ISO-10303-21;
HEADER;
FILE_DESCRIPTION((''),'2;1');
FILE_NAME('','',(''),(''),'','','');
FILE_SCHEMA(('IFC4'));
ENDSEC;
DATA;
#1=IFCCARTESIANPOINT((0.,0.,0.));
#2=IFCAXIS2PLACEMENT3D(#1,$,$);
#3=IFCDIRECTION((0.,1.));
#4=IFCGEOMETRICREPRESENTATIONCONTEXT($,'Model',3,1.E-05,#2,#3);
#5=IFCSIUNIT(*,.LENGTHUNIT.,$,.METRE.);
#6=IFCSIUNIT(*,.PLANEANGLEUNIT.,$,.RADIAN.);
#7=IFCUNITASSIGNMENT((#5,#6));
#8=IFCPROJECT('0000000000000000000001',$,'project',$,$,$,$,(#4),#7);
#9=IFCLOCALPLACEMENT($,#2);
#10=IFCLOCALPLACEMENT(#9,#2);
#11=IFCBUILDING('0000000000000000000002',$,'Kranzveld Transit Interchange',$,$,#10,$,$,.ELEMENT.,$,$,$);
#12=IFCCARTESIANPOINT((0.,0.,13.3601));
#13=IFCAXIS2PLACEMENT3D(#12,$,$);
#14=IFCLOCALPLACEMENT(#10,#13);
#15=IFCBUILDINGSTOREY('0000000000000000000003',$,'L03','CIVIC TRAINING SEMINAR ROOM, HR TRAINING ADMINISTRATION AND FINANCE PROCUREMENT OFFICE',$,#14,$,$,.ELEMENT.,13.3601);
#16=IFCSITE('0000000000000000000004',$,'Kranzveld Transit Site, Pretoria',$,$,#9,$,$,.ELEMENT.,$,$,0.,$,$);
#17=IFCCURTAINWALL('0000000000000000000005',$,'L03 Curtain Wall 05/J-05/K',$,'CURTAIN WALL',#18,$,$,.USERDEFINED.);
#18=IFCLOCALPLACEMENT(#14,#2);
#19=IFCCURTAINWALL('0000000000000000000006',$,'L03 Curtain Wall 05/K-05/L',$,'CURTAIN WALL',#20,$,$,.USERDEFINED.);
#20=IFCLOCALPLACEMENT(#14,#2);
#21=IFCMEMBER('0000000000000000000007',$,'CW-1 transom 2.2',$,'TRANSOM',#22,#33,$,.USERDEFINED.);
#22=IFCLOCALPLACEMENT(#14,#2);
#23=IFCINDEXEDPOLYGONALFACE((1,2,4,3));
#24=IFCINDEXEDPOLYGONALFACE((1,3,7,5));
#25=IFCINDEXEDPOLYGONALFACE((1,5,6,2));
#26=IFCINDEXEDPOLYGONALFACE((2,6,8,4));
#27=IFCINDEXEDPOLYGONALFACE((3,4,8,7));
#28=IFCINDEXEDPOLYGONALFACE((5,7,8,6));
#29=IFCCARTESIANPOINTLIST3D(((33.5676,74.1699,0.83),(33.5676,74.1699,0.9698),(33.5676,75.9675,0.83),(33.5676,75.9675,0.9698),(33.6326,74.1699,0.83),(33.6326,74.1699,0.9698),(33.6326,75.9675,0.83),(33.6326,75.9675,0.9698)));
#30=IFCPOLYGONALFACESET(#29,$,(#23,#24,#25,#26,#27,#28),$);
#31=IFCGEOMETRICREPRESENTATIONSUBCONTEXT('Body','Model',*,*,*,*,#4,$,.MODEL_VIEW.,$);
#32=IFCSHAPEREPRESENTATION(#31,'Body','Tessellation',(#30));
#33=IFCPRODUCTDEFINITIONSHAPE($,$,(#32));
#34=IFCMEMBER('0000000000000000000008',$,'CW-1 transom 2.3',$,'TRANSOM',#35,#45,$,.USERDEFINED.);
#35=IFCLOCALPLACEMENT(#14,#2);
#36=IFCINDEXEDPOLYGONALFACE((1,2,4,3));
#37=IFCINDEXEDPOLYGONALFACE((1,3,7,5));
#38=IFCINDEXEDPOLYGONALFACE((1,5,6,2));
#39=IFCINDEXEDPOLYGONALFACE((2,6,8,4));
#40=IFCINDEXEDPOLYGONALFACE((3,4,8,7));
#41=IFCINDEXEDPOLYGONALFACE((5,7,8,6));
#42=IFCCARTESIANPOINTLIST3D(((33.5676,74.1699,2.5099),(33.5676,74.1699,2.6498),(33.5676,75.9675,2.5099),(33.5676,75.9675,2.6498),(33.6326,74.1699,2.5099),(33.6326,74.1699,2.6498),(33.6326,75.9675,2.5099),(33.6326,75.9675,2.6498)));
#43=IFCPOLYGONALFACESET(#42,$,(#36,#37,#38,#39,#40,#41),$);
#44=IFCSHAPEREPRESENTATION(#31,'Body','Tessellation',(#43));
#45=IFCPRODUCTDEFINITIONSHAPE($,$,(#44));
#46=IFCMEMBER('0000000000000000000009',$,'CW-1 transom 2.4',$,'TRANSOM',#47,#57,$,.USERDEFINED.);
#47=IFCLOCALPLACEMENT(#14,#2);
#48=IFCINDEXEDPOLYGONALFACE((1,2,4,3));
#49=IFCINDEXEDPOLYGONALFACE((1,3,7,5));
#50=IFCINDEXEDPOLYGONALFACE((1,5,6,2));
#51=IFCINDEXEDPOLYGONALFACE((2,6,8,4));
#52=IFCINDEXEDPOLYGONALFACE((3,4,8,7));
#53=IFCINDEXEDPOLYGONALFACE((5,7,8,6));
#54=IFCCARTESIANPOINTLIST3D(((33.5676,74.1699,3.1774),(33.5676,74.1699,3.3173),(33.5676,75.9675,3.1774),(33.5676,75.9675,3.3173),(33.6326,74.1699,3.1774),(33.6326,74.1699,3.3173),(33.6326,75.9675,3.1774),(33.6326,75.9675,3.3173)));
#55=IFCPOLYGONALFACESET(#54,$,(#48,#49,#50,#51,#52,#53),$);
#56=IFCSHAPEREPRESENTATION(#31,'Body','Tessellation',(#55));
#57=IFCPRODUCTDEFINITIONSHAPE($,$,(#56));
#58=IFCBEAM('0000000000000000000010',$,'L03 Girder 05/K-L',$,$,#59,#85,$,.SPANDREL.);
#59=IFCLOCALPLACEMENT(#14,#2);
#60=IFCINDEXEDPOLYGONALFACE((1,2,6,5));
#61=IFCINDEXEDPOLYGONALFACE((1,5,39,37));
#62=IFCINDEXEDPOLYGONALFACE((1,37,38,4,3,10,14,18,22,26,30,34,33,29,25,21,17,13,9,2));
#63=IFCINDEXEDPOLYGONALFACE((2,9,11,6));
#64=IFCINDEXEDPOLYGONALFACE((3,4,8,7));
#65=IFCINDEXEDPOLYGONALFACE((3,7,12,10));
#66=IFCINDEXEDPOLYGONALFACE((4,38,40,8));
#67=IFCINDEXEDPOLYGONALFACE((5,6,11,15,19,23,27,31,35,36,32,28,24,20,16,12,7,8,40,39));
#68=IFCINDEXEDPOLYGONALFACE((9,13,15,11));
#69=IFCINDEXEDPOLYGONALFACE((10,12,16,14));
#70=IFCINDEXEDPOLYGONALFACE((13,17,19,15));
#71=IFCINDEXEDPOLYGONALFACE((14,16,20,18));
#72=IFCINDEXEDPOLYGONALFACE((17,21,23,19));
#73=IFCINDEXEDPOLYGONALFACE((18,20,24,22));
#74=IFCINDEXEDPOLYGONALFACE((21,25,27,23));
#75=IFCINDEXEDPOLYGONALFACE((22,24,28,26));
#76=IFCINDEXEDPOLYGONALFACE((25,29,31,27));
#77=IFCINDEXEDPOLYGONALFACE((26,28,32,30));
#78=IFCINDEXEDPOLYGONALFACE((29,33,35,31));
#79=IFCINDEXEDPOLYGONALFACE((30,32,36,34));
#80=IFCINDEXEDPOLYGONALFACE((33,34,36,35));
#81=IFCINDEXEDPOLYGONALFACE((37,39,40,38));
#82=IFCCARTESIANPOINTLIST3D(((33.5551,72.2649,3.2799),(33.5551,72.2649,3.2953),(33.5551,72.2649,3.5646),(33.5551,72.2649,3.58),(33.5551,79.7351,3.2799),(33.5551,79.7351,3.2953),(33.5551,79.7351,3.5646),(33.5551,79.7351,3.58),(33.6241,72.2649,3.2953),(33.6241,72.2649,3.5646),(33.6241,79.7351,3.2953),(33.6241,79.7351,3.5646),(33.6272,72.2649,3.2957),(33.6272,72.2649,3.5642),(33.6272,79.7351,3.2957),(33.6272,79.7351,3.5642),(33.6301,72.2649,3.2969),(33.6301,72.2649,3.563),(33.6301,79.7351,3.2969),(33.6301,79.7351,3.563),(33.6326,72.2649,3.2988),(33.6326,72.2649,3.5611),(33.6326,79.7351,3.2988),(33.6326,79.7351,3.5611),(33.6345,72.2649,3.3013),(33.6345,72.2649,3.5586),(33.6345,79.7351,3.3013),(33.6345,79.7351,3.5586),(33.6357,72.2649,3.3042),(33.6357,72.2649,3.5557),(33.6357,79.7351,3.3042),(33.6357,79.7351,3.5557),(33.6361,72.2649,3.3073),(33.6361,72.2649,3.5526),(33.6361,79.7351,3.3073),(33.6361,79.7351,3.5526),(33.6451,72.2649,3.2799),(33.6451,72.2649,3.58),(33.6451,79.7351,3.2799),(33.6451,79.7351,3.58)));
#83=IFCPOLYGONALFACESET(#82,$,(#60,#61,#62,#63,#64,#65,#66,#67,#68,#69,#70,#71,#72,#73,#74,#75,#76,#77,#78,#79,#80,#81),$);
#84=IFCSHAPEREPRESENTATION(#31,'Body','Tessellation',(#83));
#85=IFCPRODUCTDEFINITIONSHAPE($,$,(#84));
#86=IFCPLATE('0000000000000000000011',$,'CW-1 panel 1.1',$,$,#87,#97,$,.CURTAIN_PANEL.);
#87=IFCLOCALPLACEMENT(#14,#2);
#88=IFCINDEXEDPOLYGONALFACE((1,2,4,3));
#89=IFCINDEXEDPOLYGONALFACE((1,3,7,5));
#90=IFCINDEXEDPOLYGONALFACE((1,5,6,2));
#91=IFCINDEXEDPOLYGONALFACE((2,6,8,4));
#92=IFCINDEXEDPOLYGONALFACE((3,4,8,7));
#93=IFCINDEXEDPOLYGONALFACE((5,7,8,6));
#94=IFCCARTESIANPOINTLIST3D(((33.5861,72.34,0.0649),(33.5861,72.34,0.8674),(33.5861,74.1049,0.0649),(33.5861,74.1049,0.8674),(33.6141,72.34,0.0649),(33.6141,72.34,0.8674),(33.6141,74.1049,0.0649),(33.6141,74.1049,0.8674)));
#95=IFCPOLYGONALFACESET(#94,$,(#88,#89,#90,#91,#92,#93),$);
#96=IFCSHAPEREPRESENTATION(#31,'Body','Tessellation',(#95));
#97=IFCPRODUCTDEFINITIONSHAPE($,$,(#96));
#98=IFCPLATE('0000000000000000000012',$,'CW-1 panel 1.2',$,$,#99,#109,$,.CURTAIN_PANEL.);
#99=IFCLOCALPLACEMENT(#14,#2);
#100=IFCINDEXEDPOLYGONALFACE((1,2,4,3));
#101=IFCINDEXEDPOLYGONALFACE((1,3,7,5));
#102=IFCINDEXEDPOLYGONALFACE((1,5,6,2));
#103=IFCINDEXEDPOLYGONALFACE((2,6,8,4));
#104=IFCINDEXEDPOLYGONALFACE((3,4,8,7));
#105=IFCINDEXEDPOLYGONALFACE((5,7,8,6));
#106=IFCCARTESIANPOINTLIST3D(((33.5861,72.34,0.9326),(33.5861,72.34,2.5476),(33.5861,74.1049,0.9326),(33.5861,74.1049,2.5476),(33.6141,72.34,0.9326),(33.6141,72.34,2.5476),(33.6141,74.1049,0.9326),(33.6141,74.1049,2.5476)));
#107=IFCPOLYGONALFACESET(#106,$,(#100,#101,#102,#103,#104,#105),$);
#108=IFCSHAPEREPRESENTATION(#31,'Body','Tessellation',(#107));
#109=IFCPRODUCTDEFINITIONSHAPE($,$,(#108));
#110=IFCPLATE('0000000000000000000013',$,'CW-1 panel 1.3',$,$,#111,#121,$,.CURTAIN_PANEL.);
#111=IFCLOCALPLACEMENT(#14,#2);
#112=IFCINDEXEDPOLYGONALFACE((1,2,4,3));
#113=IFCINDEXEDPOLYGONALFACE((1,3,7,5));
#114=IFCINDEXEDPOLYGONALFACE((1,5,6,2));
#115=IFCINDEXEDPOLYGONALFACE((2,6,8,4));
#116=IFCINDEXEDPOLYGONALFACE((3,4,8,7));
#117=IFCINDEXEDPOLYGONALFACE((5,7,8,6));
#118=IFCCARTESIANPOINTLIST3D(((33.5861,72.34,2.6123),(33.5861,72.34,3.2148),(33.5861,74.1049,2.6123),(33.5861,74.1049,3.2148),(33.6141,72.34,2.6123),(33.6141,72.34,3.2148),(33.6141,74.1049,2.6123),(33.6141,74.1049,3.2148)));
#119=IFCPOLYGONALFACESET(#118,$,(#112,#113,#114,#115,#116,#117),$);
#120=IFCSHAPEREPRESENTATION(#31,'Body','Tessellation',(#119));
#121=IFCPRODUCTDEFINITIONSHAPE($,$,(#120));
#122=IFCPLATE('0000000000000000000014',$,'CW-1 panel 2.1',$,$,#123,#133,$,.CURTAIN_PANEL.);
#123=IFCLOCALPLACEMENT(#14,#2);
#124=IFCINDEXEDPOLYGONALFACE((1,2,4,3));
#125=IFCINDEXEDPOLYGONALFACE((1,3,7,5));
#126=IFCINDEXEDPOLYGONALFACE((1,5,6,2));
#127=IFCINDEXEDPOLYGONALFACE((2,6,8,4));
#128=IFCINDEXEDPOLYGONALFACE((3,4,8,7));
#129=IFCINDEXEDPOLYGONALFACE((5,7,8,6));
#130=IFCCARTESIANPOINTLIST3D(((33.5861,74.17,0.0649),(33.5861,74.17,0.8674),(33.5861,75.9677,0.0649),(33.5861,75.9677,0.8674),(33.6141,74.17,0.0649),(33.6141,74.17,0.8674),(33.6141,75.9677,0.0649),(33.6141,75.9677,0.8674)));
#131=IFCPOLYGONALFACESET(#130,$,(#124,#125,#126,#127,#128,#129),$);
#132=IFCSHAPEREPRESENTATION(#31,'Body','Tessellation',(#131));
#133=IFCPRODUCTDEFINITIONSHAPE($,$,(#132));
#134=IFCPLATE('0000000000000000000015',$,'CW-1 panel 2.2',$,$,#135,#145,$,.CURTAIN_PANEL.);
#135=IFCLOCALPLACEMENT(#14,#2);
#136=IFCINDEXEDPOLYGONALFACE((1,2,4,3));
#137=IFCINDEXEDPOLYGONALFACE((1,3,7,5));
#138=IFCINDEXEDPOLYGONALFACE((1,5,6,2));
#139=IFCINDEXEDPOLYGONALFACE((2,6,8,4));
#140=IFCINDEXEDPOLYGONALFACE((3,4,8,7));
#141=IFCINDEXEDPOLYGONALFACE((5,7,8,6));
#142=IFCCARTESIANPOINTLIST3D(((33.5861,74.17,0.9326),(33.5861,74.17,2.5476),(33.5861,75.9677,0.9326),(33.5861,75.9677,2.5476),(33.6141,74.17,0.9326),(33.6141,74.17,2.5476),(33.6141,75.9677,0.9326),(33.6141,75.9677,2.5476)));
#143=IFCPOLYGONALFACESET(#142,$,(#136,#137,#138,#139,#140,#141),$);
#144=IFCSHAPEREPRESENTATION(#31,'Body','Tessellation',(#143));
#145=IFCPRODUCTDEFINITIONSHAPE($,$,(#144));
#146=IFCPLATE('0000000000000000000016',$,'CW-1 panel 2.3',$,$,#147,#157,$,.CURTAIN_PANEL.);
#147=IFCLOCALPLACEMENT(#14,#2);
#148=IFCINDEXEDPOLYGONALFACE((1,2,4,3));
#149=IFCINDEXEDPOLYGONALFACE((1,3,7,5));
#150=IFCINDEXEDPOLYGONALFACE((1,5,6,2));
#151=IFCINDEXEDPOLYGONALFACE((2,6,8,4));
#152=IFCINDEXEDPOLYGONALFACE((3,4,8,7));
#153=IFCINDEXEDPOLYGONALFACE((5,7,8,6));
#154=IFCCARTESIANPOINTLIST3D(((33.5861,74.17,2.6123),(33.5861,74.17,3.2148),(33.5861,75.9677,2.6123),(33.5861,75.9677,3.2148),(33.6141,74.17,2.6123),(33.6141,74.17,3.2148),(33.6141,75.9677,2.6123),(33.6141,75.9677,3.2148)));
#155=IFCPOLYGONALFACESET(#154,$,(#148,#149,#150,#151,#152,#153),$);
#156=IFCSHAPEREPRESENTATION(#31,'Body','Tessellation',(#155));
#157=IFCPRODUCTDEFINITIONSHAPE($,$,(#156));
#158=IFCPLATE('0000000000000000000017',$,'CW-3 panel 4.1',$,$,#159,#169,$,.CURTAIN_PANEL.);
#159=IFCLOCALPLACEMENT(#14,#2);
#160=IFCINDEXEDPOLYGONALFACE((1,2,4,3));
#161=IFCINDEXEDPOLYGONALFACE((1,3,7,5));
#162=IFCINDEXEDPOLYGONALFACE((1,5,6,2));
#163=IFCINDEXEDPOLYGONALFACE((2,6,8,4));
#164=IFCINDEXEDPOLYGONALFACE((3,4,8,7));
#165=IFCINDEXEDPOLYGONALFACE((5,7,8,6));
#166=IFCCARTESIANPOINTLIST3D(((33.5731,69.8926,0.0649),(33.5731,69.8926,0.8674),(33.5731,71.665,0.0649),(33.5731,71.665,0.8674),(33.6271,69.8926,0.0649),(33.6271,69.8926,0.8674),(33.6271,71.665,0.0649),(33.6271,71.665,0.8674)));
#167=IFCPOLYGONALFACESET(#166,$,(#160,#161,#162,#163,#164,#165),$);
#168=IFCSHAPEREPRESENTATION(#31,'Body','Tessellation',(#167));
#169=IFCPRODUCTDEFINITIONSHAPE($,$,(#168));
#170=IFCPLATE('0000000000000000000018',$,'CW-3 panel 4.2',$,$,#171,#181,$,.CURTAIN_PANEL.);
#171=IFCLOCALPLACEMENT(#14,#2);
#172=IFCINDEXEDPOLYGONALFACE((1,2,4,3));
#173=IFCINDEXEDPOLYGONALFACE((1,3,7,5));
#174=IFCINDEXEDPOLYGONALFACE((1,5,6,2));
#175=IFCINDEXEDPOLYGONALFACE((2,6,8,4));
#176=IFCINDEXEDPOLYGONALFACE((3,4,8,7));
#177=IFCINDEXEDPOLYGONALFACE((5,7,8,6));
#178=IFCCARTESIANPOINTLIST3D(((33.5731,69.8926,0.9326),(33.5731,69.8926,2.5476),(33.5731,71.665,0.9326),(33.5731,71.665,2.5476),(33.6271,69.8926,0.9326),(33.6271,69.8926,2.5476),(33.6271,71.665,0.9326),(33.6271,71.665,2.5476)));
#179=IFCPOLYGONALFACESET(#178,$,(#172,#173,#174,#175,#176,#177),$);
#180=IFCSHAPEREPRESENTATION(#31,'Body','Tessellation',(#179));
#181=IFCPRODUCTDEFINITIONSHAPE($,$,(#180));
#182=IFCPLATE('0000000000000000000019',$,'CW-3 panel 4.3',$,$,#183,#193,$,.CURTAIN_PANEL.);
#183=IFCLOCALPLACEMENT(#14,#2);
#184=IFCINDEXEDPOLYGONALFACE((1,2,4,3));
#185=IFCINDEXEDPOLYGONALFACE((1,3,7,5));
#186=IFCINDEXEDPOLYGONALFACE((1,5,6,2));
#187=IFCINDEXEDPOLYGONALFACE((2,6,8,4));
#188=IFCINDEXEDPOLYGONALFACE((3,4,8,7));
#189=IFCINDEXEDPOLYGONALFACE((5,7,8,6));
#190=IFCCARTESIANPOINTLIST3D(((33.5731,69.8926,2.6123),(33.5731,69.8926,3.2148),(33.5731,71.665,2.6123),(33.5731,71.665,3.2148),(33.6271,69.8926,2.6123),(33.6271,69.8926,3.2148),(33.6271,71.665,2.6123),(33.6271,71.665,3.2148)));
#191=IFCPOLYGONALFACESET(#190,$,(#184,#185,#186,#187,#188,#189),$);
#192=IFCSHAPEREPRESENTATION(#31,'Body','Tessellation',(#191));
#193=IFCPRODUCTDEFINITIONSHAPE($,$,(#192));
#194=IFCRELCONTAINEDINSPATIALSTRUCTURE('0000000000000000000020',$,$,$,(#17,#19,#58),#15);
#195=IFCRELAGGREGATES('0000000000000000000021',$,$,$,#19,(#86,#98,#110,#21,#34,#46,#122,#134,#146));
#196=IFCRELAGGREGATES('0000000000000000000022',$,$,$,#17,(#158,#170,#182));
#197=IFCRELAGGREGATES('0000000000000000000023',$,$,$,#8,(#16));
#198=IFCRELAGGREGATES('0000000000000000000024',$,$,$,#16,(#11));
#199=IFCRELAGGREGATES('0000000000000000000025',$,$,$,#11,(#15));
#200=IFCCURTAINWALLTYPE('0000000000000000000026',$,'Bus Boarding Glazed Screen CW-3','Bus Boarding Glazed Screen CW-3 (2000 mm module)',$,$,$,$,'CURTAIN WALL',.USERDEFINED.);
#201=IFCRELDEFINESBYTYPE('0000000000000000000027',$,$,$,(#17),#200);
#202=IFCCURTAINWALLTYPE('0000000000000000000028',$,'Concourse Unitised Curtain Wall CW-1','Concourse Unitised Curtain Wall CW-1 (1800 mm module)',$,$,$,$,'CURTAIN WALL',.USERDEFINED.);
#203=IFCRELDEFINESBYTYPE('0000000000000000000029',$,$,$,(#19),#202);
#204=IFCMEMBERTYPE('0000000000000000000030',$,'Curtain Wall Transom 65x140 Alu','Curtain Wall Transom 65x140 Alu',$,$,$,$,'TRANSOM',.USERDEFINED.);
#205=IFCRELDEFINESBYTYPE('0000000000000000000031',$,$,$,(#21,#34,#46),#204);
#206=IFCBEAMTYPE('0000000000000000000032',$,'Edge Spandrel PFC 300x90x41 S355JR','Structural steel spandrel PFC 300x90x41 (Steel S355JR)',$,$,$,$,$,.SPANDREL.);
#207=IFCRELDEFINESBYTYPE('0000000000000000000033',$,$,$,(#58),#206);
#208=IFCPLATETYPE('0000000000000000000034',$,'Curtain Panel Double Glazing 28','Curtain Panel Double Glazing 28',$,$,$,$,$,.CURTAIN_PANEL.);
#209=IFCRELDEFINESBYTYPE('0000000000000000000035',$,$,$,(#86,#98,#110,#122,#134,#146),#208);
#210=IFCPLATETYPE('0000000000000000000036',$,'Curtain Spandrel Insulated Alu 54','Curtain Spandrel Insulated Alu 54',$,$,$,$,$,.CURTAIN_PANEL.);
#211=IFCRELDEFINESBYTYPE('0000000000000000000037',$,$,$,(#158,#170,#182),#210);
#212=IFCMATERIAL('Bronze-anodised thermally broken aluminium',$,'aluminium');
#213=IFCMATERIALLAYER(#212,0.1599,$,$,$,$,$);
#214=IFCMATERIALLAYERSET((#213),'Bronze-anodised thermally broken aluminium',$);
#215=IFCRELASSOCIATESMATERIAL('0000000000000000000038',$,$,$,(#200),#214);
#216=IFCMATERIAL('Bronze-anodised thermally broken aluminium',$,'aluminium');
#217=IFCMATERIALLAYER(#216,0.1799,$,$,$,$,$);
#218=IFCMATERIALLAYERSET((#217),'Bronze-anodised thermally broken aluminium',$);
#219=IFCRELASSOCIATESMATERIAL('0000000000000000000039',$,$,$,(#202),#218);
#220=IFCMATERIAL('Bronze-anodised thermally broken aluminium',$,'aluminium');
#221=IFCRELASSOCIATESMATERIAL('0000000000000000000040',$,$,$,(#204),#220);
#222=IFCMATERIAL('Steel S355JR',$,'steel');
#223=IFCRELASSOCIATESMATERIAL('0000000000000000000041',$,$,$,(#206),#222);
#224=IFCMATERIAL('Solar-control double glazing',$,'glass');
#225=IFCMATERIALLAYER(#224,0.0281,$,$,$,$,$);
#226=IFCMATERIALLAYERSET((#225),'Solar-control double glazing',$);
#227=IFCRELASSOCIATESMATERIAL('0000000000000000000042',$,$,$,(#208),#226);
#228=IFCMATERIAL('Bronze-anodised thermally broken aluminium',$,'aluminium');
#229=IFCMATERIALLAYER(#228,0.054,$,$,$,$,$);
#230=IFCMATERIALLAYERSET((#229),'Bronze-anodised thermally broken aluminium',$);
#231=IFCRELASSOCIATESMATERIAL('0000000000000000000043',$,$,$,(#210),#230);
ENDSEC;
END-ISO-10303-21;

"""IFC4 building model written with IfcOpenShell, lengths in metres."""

from ifc_helpers import new_model, si_unit, direction, frame, origin, origin_2d, place, context, subcontext, project, spatial, rectangle, u_section, extrude, material, layer, layer_set, material_profile, profile_set, type_object, element, aggregate, save


model = new_model("IFC4")

# Units and contexts
model_context = context("Model", 3, precision=1e-05, world=origin(), true_north=direction((0.0, 1.0)))
body_context = subcontext(model_context, "Body", "Model", "MODEL_VIEW")
ifc_project = project(units=[si_unit("LENGTHUNIT", "METRE"), si_unit("PLANEANGLEUNIT", "RADIAN")], contexts=[model_context])

# Site, building, storey
site_placement = place(None, origin())
site = spatial("IfcSite", under=ifc_project, at=site_placement, Name="Kranzveld Transit Site, Pretoria", CompositionType="ELEMENT", RefElevation=0.0)
building_placement = place(site_placement, origin())
building = spatial("IfcBuilding", under=site, at=building_placement, Name="Kranzveld Transit Interchange", CompositionType="ELEMENT")
storey_placement = place(building_placement, frame((0.0, 0.0, 13.3601)))
storey = spatial("IfcBuildingStorey", under=building, at=storey_placement, Name="L03", Description="CIVIC TRAINING SEMINAR ROOM, HR TRAINING ADMINISTRATION AND FINANCE PROCUREMENT OFFICE", CompositionType="ELEMENT", Elevation=13.3601)

# Curtain walls
ifc_material_1 = material(Name="Bronze-anodised thermally broken aluminium", Category="aluminium")
ifc_layer_1 = layer(ifc_material_1, 0.1599)
ifc_layer_set_1 = layer_set([ifc_layer_1], Name="Bronze-anodised thermally broken aluminium")
curtain_wall_type_1 = type_object("IfcCurtainWallType", Name="Bus Boarding Glazed Screen CW-3", Description="Bus Boarding Glazed Screen CW-3 (2000 mm module)", ElementType="CURTAIN WALL", PredefinedType="USERDEFINED", material=ifc_layer_set_1)
curtain_wall_1_placement = place(storey_placement, origin())
curtain_wall_1 = element("IfcCurtainWall", 1, at=curtain_wall_1_placement, inside=storey, type_object=curtain_wall_type_1, Name="L03 Curtain Wall 05/J-05/K", ObjectType="CURTAIN WALL", PredefinedType="USERDEFINED")
ifc_material_2 = material(Name="Bronze-anodised thermally broken aluminium", Category="aluminium")
ifc_layer_2 = layer(ifc_material_2, 0.1799)
ifc_layer_set_2 = layer_set([ifc_layer_2], Name="Bronze-anodised thermally broken aluminium")
curtain_wall_type_2 = type_object("IfcCurtainWallType", Name="Concourse Unitised Curtain Wall CW-1", Description="Concourse Unitised Curtain Wall CW-1 (1800 mm module)", ElementType="CURTAIN WALL", PredefinedType="USERDEFINED", material=ifc_layer_set_2)
curtain_wall_2_placement = place(storey_placement, origin())
curtain_wall_2 = element("IfcCurtainWall", 2, at=curtain_wall_2_placement, inside=storey, type_object=curtain_wall_type_2, Name="L03 Curtain Wall 05/K-05/L", ObjectType="CURTAIN WALL", PredefinedType="USERDEFINED")

# Members
ifc_material_3 = material(Name="Bronze-anodised thermally broken aluminium", Category="aluminium")
ifc_material_profile_1 = material_profile(ifc_material_3, rectangle(XDim=0.0649, YDim=0.1399, at=origin_2d()), Name="ALU TRANSOM 65x140")
ifc_profile_set_1 = profile_set([ifc_material_profile_1], Name="Bronze-anodised thermally broken aluminium")
member_type_1 = type_object("IfcMemberType", Name="Curtain Wall Transom 65x140 Alu", Description="Curtain Wall Transom 65x140 Alu", ElementType="TRANSOM", PredefinedType="USERDEFINED", material=ifc_profile_set_1)
member_1_placement = place(storey_placement, frame((33.6001, 74.1699, 0.8999), z_axis=(0.0, 1.0, 0.0), x_axis=(-1.0, 0.0, 0.0)))
member_1 = element("IfcMember", 3, at=member_1_placement, type_object=member_type_1, Name="CW-1 transom 2.2", ObjectType="TRANSOM", PredefinedType="USERDEFINED", context=body_context, shape_type="SweptSolid", body=[
    extrude(rectangle(XDim=0.0649, YDim=0.1399, at=origin_2d()), origin(), (0.0, 0.0, 1.0), 1.7976),
])
member_2_placement = place(storey_placement, frame((33.6001, 74.1699, 2.5798), z_axis=(0.0, 1.0, 0.0), x_axis=(-1.0, 0.0, 0.0)))
member_2 = element("IfcMember", 4, at=member_2_placement, type_object=member_type_1, Name="CW-1 transom 2.3", ObjectType="TRANSOM", PredefinedType="USERDEFINED", context=body_context, shape_type="SweptSolid", body=[
    extrude(rectangle(XDim=0.0649, YDim=0.1399, at=origin_2d()), origin(), (0.0, 0.0, 1.0), 1.7976),
])
member_3_placement = place(storey_placement, frame((33.6001, 74.1699, 3.2473), z_axis=(0.0, 1.0, 0.0), x_axis=(-1.0, 0.0, 0.0)))
member_3 = element("IfcMember", 5, at=member_3_placement, type_object=member_type_1, Name="CW-1 transom 2.4", ObjectType="TRANSOM", PredefinedType="USERDEFINED", context=body_context, shape_type="SweptSolid", body=[
    extrude(rectangle(XDim=0.0649, YDim=0.1399, at=origin_2d()), origin(), (0.0, 0.0, 1.0), 1.7976),
])

# Beam
ifc_material_4 = material(Name="Steel S355JR", Category="steel")
ifc_material_profile_2 = material_profile(ifc_material_4, u_section(Depth=0.3, FlangeWidth=0.0901, WebThickness=0.009, FlangeThickness=0.0154, FilletRadius=0.012, at=origin_2d()), Name="PFC 300x90x41")
ifc_profile_set_2 = profile_set([ifc_material_profile_2], Name="Steel S355JR")
beam_type = type_object("IfcBeamType", Name="Edge Spandrel PFC 300x90x41 S355JR", Description="Structural steel spandrel PFC 300x90x41 (Steel S355JR)", PredefinedType="SPANDREL", material=ifc_profile_set_2)
beam_placement = place(storey_placement, frame((33.6001, 72.2649, 3.4299), z_axis=(0.0, 1.0, 0.0), x_axis=(-1.0, 0.0, 0.0)))
element("IfcBeam", 6, at=beam_placement, inside=storey, type_object=beam_type, Name="L03 Girder 05/K-L", PredefinedType="SPANDREL", context=body_context, shape_type="SweptSolid", body=[
    extrude(u_section(Depth=0.3, FlangeWidth=0.0901, WebThickness=0.009, FlangeThickness=0.0154, FilletRadius=0.012, at=origin_2d()), origin(), (0.0, 0.0, 1.0), 7.4702),
])

# Plates
ifc_material_5 = material(Name="Solar-control double glazing", Category="glass")
ifc_layer_3 = layer(ifc_material_5, 0.0281)
ifc_layer_set_3 = layer_set([ifc_layer_3], Name="Solar-control double glazing")
plate_type_1 = type_object("IfcPlateType", Name="Curtain Panel Double Glazing 28", Description="Curtain Panel Double Glazing 28", PredefinedType="CURTAIN_PANEL", material=ifc_layer_set_3)
plate_1_placement = place(storey_placement, frame((33.6001, 73.2224, 0.0649), z_axis=(0.0, 0.0, 1.0), x_axis=(0.0, 1.0, 0.0)))
plate_1 = element("IfcPlate", 7, at=plate_1_placement, type_object=plate_type_1, Name="CW-1 panel 1.1", PredefinedType="CURTAIN_PANEL", context=body_context, shape_type="SweptSolid", body=[
    extrude(rectangle(XDim=1.7649, YDim=0.0281, at=origin_2d()), origin(), (0.0, 0.0, 1.0), 0.8025),
])
plate_2_placement = place(storey_placement, frame((33.6001, 73.2224, 0.9326), z_axis=(0.0, 0.0, 1.0), x_axis=(0.0, 1.0, 0.0)))
plate_2 = element("IfcPlate", 8, at=plate_2_placement, type_object=plate_type_1, Name="CW-1 panel 1.2", PredefinedType="CURTAIN_PANEL", context=body_context, shape_type="SweptSolid", body=[
    extrude(rectangle(XDim=1.7649, YDim=0.0281, at=origin_2d()), origin(), (0.0, 0.0, 1.0), 1.615),
])
plate_3_placement = place(storey_placement, frame((33.6001, 73.2224, 2.6123), z_axis=(0.0, 0.0, 1.0), x_axis=(0.0, 1.0, 0.0)))
plate_3 = element("IfcPlate", 9, at=plate_3_placement, type_object=plate_type_1, Name="CW-1 panel 1.3", PredefinedType="CURTAIN_PANEL", context=body_context, shape_type="SweptSolid", body=[
    extrude(rectangle(XDim=1.7649, YDim=0.0281, at=origin_2d()), origin(), (0.0, 0.0, 1.0), 0.6025),
])
plate_4_placement = place(storey_placement, frame((33.6001, 75.0688, 0.0649), z_axis=(0.0, 0.0, 1.0), x_axis=(0.0, 1.0, 0.0)))
plate_4 = element("IfcPlate", 10, at=plate_4_placement, type_object=plate_type_1, Name="CW-1 panel 2.1", PredefinedType="CURTAIN_PANEL", context=body_context, shape_type="SweptSolid", body=[
    extrude(rectangle(XDim=1.7976, YDim=0.0281, at=origin_2d()), origin(), (0.0, 0.0, 1.0), 0.8025),
])
plate_5_placement = place(storey_placement, frame((33.6001, 75.0688, 0.9326), z_axis=(0.0, 0.0, 1.0), x_axis=(0.0, 1.0, 0.0)))
plate_5 = element("IfcPlate", 11, at=plate_5_placement, type_object=plate_type_1, Name="CW-1 panel 2.2", PredefinedType="CURTAIN_PANEL", context=body_context, shape_type="SweptSolid", body=[
    extrude(rectangle(XDim=1.7976, YDim=0.0281, at=origin_2d()), origin(), (0.0, 0.0, 1.0), 1.615),
])
plate_6_placement = place(storey_placement, frame((33.6001, 75.0688, 2.6123), z_axis=(0.0, 0.0, 1.0), x_axis=(0.0, 1.0, 0.0)))
plate_6 = element("IfcPlate", 12, at=plate_6_placement, type_object=plate_type_1, Name="CW-1 panel 2.3", PredefinedType="CURTAIN_PANEL", context=body_context, shape_type="SweptSolid", body=[
    extrude(rectangle(XDim=1.7976, YDim=0.0281, at=origin_2d()), origin(), (0.0, 0.0, 1.0), 0.6025),
])
aggregate(curtain_wall_2, [plate_1, plate_2, plate_3, member_1, member_2, member_3, plate_4, plate_5, plate_6])
ifc_material_6 = material(Name="Bronze-anodised thermally broken aluminium", Category="aluminium")
ifc_layer_4 = layer(ifc_material_6, 0.054)
ifc_layer_set_4 = layer_set([ifc_layer_4], Name="Bronze-anodised thermally broken aluminium")
plate_type_2 = type_object("IfcPlateType", Name="Curtain Spandrel Insulated Alu 54", Description="Curtain Spandrel Insulated Alu 54", PredefinedType="CURTAIN_PANEL", material=ifc_layer_set_4)
plate_7_placement = place(storey_placement, frame((33.6001, 70.7788, 0.0649), z_axis=(0.0, 0.0, 1.0), x_axis=(0.0, 1.0, 0.0)))
plate_7 = element("IfcPlate", 13, at=plate_7_placement, type_object=plate_type_2, Name="CW-3 panel 4.1", PredefinedType="CURTAIN_PANEL", context=body_context, shape_type="SweptSolid", body=[
    extrude(rectangle(XDim=1.7725, YDim=0.054, at=origin_2d()), origin(), (0.0, 0.0, 1.0), 0.8025),
])
plate_8_placement = place(storey_placement, frame((33.6001, 70.7788, 0.9326), z_axis=(0.0, 0.0, 1.0), x_axis=(0.0, 1.0, 0.0)))
plate_8 = element("IfcPlate", 14, at=plate_8_placement, type_object=plate_type_2, Name="CW-3 panel 4.2", PredefinedType="CURTAIN_PANEL", context=body_context, shape_type="SweptSolid", body=[
    extrude(rectangle(XDim=1.7725, YDim=0.054, at=origin_2d()), origin(), (0.0, 0.0, 1.0), 1.615),
])
plate_9_placement = place(storey_placement, frame((33.6001, 70.7788, 2.6123), z_axis=(0.0, 0.0, 1.0), x_axis=(0.0, 1.0, 0.0)))
plate_9 = element("IfcPlate", 15, at=plate_9_placement, type_object=plate_type_2, Name="CW-3 panel 4.3", PredefinedType="CURTAIN_PANEL", context=body_context, shape_type="SweptSolid", body=[
    extrude(rectangle(XDim=1.7725, YDim=0.054, at=origin_2d()), origin(), (0.0, 0.0, 1.0), 0.6025),
])
aggregate(curtain_wall_1, [plate_7, plate_8, plate_9])

save(model, "model.ifc")
